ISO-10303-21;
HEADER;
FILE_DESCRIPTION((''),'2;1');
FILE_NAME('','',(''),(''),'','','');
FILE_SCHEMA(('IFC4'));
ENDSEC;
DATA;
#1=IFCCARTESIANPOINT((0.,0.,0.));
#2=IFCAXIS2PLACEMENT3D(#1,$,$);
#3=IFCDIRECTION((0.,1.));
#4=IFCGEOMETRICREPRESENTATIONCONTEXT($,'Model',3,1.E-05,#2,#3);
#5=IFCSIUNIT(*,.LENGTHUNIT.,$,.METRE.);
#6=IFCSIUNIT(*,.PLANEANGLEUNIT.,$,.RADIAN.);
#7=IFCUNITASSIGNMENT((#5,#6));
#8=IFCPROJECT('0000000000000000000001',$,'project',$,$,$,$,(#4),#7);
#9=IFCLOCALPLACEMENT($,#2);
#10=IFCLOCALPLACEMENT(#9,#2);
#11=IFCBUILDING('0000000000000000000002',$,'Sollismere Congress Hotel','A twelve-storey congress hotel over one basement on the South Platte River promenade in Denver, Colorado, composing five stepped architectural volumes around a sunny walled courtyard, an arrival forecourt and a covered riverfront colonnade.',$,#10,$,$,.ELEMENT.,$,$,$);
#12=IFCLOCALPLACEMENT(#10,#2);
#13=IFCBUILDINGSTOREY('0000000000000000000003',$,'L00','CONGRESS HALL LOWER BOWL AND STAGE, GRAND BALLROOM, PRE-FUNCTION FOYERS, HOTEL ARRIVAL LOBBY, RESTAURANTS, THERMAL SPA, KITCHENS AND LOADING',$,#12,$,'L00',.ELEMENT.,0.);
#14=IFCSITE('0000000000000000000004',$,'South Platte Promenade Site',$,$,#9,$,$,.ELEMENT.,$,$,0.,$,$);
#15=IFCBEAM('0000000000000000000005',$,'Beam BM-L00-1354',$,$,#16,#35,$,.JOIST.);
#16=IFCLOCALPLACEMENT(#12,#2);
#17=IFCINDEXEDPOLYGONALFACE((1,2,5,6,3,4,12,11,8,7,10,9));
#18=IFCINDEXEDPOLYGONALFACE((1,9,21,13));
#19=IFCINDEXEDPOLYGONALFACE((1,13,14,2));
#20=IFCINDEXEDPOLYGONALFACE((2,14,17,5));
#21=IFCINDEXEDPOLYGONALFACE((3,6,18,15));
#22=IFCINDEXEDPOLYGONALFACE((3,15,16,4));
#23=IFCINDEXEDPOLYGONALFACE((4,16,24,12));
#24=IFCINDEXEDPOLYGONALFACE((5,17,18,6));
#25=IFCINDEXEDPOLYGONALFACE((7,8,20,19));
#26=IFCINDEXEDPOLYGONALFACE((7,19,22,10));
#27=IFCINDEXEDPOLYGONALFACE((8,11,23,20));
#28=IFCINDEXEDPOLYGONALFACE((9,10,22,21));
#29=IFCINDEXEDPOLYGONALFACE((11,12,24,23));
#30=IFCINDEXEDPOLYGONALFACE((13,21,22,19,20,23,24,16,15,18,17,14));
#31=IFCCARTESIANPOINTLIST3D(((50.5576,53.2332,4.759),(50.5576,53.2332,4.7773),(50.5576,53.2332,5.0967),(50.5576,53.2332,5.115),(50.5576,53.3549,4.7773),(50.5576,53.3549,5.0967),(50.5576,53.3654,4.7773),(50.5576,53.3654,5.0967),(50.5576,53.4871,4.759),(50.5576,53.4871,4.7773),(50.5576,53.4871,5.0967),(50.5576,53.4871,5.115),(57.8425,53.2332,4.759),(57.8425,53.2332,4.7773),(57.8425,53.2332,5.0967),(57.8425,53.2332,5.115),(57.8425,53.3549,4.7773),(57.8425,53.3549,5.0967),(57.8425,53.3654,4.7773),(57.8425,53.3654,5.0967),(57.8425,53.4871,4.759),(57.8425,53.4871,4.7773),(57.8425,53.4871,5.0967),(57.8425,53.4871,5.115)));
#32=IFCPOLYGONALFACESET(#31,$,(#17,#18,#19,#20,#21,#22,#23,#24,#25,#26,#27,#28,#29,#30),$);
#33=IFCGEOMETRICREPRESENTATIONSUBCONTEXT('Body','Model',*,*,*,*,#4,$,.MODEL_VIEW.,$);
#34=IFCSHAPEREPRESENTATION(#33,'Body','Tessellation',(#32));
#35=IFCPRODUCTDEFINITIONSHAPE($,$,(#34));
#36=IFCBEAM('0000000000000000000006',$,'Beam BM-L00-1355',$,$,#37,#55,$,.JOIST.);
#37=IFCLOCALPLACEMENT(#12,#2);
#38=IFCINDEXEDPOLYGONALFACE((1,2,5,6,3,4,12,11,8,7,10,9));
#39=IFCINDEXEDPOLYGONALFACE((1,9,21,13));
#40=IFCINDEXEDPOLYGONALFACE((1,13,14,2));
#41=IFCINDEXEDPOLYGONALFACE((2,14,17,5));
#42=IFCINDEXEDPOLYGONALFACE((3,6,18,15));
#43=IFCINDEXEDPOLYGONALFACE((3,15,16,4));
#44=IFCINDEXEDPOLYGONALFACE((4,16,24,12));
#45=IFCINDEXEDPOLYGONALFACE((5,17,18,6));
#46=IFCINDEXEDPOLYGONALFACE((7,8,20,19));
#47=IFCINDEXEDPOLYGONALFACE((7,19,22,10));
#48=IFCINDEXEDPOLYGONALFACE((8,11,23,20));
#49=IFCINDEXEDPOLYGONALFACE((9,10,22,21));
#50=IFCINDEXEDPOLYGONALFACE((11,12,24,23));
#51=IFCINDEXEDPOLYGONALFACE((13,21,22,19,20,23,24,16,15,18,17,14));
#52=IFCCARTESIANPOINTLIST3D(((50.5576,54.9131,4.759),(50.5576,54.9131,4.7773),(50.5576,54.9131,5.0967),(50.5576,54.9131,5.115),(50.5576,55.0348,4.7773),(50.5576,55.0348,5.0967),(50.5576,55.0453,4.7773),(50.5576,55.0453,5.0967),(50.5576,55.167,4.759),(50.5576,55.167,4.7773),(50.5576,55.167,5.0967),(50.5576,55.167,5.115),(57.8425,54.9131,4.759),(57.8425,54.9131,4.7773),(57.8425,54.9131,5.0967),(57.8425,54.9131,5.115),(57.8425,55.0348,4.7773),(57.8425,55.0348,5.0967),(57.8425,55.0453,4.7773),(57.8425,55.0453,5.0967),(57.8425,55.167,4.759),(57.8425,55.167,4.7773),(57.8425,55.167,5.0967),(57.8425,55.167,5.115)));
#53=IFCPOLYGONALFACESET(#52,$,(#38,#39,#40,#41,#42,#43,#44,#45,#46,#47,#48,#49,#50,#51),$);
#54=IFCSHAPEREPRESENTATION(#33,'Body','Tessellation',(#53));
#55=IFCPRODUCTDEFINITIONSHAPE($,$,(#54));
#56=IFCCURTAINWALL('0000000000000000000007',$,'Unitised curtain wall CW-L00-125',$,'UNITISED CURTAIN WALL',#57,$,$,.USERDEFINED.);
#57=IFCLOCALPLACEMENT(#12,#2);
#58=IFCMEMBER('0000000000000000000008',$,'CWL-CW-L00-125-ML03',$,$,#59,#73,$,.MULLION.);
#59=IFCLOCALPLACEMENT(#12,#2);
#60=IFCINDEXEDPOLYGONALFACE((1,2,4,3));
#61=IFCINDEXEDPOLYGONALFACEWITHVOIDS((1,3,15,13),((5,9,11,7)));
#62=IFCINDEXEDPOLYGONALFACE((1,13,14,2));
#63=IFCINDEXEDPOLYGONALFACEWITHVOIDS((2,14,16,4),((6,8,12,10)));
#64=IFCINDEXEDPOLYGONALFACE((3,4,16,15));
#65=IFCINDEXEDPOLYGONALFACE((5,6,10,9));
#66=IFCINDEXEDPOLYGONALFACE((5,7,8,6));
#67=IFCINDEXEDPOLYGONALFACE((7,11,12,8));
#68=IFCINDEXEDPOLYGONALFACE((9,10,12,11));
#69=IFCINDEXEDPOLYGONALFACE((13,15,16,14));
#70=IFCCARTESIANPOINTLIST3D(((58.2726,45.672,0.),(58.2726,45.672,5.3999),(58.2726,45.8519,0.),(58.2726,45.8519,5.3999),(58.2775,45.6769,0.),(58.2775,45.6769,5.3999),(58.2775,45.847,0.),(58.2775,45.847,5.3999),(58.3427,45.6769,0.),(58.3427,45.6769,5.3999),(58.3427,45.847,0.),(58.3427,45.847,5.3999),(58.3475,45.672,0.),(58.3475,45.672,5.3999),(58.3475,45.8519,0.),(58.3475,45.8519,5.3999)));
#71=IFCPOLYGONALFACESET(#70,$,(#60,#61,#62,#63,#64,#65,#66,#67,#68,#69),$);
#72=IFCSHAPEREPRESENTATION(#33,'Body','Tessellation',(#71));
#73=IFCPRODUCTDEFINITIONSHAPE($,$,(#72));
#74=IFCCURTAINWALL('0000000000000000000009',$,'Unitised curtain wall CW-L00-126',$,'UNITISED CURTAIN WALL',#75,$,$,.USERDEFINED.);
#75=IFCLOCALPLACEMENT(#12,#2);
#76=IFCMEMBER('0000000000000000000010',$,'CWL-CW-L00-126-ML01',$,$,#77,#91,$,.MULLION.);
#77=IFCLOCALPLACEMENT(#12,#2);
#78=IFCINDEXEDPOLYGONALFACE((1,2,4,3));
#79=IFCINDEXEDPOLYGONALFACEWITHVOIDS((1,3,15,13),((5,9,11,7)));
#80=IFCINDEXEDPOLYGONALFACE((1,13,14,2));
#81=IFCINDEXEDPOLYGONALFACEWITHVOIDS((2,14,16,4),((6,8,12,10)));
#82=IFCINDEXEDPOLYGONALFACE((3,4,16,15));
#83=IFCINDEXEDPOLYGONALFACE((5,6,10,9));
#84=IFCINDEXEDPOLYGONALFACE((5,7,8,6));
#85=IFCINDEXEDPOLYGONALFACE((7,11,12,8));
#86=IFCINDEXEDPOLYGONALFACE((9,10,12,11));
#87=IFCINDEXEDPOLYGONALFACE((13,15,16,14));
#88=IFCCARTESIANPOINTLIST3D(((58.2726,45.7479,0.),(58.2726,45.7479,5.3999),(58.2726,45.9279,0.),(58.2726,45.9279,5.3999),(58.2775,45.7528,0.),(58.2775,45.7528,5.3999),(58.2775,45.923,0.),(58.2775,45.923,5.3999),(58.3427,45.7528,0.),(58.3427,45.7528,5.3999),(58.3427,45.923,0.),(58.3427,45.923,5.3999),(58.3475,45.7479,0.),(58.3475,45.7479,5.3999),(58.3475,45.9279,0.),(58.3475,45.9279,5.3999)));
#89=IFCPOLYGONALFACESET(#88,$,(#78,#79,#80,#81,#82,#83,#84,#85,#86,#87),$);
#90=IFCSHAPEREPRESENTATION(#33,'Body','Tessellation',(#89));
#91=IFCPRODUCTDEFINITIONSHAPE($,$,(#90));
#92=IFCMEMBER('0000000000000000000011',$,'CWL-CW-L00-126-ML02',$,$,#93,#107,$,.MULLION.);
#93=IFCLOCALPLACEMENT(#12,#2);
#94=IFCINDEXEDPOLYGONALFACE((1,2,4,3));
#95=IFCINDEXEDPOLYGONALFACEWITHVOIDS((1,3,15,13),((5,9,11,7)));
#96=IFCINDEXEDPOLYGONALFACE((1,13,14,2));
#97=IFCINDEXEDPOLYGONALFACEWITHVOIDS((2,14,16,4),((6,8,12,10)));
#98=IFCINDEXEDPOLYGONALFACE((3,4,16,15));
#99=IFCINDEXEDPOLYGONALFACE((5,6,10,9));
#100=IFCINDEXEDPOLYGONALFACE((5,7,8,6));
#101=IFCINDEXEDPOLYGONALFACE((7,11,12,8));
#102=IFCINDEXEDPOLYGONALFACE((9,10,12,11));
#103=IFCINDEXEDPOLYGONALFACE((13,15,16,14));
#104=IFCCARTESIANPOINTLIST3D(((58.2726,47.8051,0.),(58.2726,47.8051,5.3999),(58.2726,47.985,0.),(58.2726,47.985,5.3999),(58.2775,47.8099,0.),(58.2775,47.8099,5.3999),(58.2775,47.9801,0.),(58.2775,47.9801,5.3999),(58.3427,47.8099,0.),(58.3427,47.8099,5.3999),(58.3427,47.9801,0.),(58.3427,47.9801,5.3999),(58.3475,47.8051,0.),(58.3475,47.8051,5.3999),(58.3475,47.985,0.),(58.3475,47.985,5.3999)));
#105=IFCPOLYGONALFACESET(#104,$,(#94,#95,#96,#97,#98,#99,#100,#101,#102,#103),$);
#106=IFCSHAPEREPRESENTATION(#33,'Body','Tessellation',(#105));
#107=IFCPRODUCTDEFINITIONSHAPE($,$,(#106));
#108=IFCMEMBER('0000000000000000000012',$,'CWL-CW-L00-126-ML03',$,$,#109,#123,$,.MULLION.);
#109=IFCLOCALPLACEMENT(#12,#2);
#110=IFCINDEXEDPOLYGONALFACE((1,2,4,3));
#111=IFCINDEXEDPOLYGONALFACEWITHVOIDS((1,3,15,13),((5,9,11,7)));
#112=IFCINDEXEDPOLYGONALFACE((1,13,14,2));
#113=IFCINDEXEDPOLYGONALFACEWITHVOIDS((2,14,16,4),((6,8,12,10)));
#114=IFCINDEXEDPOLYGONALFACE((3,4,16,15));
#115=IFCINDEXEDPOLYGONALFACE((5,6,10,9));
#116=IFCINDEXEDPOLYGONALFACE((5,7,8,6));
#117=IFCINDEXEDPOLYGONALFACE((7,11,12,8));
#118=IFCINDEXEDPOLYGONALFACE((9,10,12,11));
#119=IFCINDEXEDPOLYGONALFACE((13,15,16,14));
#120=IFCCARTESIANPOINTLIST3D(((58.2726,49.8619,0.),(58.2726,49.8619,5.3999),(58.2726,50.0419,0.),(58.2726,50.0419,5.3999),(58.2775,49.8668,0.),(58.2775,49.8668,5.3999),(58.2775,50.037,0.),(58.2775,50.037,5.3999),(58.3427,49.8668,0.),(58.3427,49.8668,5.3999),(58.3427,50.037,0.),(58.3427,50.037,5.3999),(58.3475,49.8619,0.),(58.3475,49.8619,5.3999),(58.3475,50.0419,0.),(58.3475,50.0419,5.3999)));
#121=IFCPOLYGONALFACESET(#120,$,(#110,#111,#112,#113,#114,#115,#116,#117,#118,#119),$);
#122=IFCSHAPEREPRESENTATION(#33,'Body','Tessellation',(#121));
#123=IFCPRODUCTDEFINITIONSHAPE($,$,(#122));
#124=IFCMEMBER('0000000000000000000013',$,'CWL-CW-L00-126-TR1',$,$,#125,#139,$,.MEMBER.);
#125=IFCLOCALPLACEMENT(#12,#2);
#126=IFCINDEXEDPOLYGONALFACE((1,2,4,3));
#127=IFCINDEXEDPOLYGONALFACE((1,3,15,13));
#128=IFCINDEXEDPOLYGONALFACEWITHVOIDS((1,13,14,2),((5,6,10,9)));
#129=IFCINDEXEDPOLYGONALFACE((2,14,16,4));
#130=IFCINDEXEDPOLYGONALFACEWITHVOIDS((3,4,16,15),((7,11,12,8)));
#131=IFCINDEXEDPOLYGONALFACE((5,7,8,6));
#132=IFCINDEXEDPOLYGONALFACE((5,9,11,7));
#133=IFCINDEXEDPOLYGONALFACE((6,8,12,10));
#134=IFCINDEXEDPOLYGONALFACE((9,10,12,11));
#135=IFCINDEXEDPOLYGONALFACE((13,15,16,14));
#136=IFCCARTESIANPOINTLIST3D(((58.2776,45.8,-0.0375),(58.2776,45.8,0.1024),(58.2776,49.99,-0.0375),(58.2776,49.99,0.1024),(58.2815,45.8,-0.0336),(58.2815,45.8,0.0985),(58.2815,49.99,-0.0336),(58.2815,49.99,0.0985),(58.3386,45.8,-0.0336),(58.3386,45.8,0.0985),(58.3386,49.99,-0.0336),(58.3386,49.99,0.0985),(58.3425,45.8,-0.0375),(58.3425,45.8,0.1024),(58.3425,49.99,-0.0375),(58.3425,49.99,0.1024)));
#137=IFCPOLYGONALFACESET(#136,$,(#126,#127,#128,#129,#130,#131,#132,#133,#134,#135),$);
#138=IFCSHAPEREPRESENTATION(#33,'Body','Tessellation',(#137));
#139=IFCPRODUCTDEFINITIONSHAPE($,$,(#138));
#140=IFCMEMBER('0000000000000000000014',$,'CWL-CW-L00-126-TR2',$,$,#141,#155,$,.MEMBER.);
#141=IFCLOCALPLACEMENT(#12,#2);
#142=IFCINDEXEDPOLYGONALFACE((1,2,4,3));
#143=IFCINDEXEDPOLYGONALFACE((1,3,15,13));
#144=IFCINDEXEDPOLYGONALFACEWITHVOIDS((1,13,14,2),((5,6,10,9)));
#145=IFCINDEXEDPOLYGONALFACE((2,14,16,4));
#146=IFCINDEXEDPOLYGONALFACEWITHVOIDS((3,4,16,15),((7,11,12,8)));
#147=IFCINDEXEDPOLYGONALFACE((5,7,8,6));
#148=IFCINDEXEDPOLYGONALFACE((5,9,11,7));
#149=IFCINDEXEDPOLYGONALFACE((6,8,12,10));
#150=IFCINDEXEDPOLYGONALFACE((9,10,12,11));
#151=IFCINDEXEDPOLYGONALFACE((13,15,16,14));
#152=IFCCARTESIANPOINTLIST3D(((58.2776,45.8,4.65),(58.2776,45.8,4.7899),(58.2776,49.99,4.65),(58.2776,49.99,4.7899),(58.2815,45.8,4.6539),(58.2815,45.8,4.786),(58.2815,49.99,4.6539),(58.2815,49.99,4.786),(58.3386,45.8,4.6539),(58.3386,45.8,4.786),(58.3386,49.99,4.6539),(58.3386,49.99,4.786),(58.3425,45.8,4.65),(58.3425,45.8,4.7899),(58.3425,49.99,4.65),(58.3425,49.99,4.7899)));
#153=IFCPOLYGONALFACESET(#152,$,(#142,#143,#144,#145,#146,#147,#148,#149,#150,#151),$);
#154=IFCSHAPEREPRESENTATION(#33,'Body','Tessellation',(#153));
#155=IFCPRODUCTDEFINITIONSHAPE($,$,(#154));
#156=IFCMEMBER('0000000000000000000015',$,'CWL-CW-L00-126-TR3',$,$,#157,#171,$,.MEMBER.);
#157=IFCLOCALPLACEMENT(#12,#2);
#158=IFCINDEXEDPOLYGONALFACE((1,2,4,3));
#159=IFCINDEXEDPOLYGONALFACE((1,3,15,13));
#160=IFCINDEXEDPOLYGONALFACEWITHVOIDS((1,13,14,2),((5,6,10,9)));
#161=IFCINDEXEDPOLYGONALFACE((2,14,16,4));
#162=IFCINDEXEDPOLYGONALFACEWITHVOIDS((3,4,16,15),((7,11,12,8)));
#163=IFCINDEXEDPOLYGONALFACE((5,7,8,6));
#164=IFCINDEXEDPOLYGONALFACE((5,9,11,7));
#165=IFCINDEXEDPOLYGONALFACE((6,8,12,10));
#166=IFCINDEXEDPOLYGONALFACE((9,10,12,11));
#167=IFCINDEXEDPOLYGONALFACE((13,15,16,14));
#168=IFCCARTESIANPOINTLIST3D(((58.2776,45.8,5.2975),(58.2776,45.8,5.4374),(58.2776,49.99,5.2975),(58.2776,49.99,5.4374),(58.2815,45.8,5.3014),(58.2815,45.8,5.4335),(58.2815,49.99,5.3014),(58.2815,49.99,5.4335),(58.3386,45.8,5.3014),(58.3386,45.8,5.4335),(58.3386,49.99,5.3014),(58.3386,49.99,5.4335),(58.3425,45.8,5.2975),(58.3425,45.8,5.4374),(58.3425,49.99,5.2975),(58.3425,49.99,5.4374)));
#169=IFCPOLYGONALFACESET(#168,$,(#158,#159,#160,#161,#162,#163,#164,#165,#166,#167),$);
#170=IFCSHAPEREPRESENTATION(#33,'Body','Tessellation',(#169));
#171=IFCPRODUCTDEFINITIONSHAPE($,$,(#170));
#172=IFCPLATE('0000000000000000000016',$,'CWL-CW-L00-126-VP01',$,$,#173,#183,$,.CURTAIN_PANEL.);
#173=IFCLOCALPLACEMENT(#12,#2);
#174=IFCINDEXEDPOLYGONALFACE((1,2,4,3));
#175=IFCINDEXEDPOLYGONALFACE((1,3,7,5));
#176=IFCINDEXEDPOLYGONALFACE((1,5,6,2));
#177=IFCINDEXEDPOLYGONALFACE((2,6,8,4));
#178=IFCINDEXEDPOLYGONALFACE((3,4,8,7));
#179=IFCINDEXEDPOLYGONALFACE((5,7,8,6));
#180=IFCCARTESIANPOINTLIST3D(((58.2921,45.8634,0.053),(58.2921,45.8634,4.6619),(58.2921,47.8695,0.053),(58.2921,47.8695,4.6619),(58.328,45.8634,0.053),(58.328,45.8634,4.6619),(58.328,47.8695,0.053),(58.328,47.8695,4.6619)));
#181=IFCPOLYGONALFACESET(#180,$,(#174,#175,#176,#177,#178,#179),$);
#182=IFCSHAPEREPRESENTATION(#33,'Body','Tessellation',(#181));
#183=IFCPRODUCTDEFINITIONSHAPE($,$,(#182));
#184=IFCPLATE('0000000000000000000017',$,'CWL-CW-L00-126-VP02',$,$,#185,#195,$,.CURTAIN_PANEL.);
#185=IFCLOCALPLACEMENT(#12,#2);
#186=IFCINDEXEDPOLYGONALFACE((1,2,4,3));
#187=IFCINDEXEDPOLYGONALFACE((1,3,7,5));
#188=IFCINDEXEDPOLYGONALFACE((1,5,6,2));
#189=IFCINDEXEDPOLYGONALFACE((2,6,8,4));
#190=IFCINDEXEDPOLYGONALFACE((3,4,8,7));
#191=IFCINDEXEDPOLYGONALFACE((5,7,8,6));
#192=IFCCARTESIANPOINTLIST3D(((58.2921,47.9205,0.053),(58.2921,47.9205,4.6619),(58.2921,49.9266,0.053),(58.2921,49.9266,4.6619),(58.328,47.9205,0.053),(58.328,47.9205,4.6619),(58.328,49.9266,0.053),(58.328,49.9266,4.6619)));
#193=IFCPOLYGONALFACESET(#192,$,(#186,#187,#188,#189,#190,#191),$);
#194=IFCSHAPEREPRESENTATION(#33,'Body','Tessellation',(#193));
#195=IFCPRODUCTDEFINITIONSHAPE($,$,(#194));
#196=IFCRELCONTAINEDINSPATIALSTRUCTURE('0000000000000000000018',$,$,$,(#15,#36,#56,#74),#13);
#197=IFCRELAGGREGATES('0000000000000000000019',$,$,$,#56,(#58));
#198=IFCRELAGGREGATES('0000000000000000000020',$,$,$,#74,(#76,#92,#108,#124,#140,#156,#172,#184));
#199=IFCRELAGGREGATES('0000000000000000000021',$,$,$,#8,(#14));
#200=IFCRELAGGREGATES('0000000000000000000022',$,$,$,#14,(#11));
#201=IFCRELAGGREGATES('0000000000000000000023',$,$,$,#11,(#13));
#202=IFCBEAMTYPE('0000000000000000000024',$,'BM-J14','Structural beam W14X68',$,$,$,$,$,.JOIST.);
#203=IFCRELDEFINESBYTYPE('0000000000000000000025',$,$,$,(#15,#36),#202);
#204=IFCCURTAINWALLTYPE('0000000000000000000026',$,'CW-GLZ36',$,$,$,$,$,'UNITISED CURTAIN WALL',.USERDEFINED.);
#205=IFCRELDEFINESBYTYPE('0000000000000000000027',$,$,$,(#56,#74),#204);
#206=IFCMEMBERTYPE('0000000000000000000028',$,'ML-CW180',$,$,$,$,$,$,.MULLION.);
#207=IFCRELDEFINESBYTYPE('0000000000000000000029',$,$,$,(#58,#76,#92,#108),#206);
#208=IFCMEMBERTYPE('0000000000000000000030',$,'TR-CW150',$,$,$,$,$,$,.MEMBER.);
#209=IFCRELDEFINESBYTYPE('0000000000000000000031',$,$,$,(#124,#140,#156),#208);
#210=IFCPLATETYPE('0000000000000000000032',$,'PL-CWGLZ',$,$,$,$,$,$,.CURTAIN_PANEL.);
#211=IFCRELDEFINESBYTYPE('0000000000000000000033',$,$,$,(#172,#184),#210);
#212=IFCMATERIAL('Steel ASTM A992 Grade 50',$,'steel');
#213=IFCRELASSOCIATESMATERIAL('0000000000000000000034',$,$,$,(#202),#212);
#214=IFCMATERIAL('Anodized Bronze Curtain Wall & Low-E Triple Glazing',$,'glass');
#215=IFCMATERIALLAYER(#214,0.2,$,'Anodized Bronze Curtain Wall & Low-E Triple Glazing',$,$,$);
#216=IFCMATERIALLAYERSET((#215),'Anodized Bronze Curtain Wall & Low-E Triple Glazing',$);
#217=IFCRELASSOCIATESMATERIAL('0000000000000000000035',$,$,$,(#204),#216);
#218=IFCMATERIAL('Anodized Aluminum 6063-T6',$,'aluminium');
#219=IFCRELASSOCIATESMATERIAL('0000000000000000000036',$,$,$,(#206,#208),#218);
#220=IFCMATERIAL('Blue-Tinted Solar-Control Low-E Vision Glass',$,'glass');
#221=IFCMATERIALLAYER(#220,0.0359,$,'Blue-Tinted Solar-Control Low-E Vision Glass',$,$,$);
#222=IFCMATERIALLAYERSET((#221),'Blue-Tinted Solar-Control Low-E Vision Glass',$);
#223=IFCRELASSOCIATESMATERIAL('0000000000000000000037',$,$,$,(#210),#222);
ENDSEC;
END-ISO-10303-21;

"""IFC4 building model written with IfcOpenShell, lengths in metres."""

from ifc_helpers import new_model, si_unit, direction, frame, origin, origin_2d, place, context, subcontext, project, spatial, rectangle, hollow_rectangle, i_section, extrude, material, layer, layer_set, material_profile, profile_set, type_object, element, aggregate, save


model = new_model("IFC4")

# Units and contexts
model_context = context("Model", 3, precision=1e-05, world=origin(), true_north=direction((0.0, 1.0)))
body_context = subcontext(model_context, "Body", "Model", "MODEL_VIEW")
ifc_project = project(units=[si_unit("LENGTHUNIT", "METRE"), si_unit("PLANEANGLEUNIT", "RADIAN")], contexts=[model_context])

# Site, building, storey
site_placement = place(None, origin())
site = spatial("IfcSite", under=ifc_project, at=site_placement, Name="South Platte Promenade Site", CompositionType="ELEMENT", RefElevation=0.0)
building_placement = place(site_placement, origin())
building = spatial("IfcBuilding", under=site, at=building_placement, Name="Sollismere Congress Hotel", Description="A twelve-storey congress hotel over one basement on the South Platte River promenade in Denver, Colorado, composing five stepped architectural volumes around a sunny walled courtyard, an arrival forecourt and a covered riverfront colonnade.", CompositionType="ELEMENT")
storey_placement = place(building_placement, origin())
storey = spatial("IfcBuildingStorey", under=building, at=storey_placement, Name="L00", Description="CONGRESS HALL LOWER BOWL AND STAGE, GRAND BALLROOM, PRE-FUNCTION FOYERS, HOTEL ARRIVAL LOBBY, RESTAURANTS, THERMAL SPA, KITCHENS AND LOADING", LongName="L00", CompositionType="ELEMENT", Elevation=0.0)

# Shared definitions
ifc_material_1 = material(Name="Steel ASTM A992 Grade 50", Category="steel")

# Beams
ifc_material_profile_1 = material_profile(ifc_material_1, i_section(OverallWidth=0.2539, OverallDepth=0.356, WebThickness=0.0105, FlangeThickness=0.0183, at=origin_2d()), Name="W14X68")
ifc_profile_set_1 = profile_set([ifc_material_profile_1], Name="Steel ASTM A992 Grade 50")
beam_type_1 = type_object("IfcBeamType", Name="BM-J14", Description="Structural beam W14X68", PredefinedType="JOIST", material=ifc_profile_set_1)
for number, where, z_axis, x_axis, name in (
    (1, (50.5576, 53.3601, 4.937), (1.0, 0.0, 0.0), (0.0, 1.0, 0.0), "Beam BM-L00-1354"),
    (2, (50.5576, 55.04, 4.937), (1.0, 0.0, 0.0), (0.0, 1.0, 0.0), "Beam BM-L00-1355"),
):
    element("IfcBeam", number, at=place(storey_placement, frame(where, z_axis=z_axis, x_axis=x_axis)), inside=storey, type_object=beam_type_1, Name=name, PredefinedType="JOIST", context=body_context, shape_type="SweptSolid", body=[
        extrude(i_section(OverallWidth=0.2539, OverallDepth=0.356, WebThickness=0.0105, FlangeThickness=0.0183, at=origin_2d()), origin(), (0.0, 0.0, 1.0), 7.2849),
    ])

# Curtain wall, member
ifc_material_2 = material(Name="Anodized Bronze Curtain Wall & Low-E Triple Glazing", Category="glass")
ifc_layer_1 = layer(ifc_material_2, 0.2, Name="Anodized Bronze Curtain Wall & Low-E Triple Glazing")
ifc_layer_set_1 = layer_set([ifc_layer_1], Name="Anodized Bronze Curtain Wall & Low-E Triple Glazing")
curtain_wall_type = type_object("IfcCurtainWallType", Name="CW-GLZ36", ElementType="UNITISED CURTAIN WALL", PredefinedType="USERDEFINED", material=ifc_layer_set_1)
curtain_wall_1_placement = place(storey_placement, origin())
curtain_wall_1 = element("IfcCurtainWall", 3, at=curtain_wall_1_placement, inside=storey, type_object=curtain_wall_type, Name="Unitised curtain wall CW-L00-125", ObjectType="UNITISED CURTAIN WALL", PredefinedType="USERDEFINED")
ifc_material_3 = material(Name="Anodized Aluminum 6063-T6", Category="aluminium")
ifc_material_profile_2 = material_profile(ifc_material_3, hollow_rectangle(XDim=0.075, YDim=0.1799, WallThickness=0.0049, at=origin_2d()), Name="ALU180X75X5")
ifc_profile_set_2 = profile_set([ifc_material_profile_2], Name="Anodized Aluminum 6063-T6")
member_type_1 = type_object("IfcMemberType", Name="ML-CW180", PredefinedType="MULLION", material=ifc_profile_set_2)
member_1_placement = place(storey_placement, frame((58.3101, 45.762, 0.0), z_axis=(0.0, 0.0, 1.0), x_axis=(-1.0, 0.0, 0.0)))
member_1 = element("IfcMember", 4, at=member_1_placement, type_object=member_type_1, Name="CWL-CW-L00-125-ML03", PredefinedType="MULLION", context=body_context, shape_type="SweptSolid", body=[
    extrude(hollow_rectangle(XDim=0.075, YDim=0.1799, WallThickness=0.0049, at=origin_2d()), origin(), (0.0, 0.0, 1.0), 5.3999),
])
aggregate(curtain_wall_1, [member_1])

# Curtain wall, members, plates
curtain_wall_2_placement = place(storey_placement, origin())
curtain_wall_2 = element("IfcCurtainWall", 5, at=curtain_wall_2_placement, inside=storey, type_object=curtain_wall_type, Name="Unitised curtain wall CW-L00-126", ObjectType="UNITISED CURTAIN WALL", PredefinedType="USERDEFINED")
member_2_placement = place(storey_placement, frame((58.3101, 45.8379, 0.0), z_axis=(0.0, 0.0, 1.0), x_axis=(-1.0, 0.0, 0.0)))
member_2 = element("IfcMember", 6, at=member_2_placement, type_object=member_type_1, Name="CWL-CW-L00-126-ML01", PredefinedType="MULLION", context=body_context, shape_type="SweptSolid", body=[
    extrude(hollow_rectangle(XDim=0.075, YDim=0.1799, WallThickness=0.0049, at=origin_2d()), origin(), (0.0, 0.0, 1.0), 5.3999),
])
member_3_placement = place(storey_placement, frame((58.3101, 47.895, 0.0), z_axis=(0.0, 0.0, 1.0), x_axis=(-1.0, 0.0, 0.0)))
member_3 = element("IfcMember", 7, at=member_3_placement, type_object=member_type_1, Name="CWL-CW-L00-126-ML02", PredefinedType="MULLION", context=body_context, shape_type="SweptSolid", body=[
    extrude(hollow_rectangle(XDim=0.075, YDim=0.1799, WallThickness=0.0049, at=origin_2d()), origin(), (0.0, 0.0, 1.0), 5.3999),
])
member_4_placement = place(storey_placement, frame((58.3101, 49.9519, 0.0), z_axis=(0.0, 0.0, 1.0), x_axis=(-1.0, 0.0, 0.0)))
member_4 = element("IfcMember", 8, at=member_4_placement, type_object=member_type_1, Name="CWL-CW-L00-126-ML03", PredefinedType="MULLION", context=body_context, shape_type="SweptSolid", body=[
    extrude(hollow_rectangle(XDim=0.075, YDim=0.1799, WallThickness=0.0049, at=origin_2d()), origin(), (0.0, 0.0, 1.0), 5.3999),
])
ifc_material_profile_3 = material_profile(ifc_material_3, hollow_rectangle(XDim=0.0649, YDim=0.1399, WallThickness=0.0039, at=origin_2d()), Name="ALU140X65X4")
ifc_profile_set_3 = profile_set([ifc_material_profile_3], Name="Anodized Aluminum 6063-T6")
member_type_2 = type_object("IfcMemberType", Name="TR-CW150", PredefinedType="MEMBER", material=ifc_profile_set_3)
member_5_placement = place(storey_placement, frame((58.3101, 45.8, 0.0325), z_axis=(0.0, 1.0, 0.0), x_axis=(-1.0, 0.0, 0.0)))
member_5 = element("IfcMember", 9, at=member_5_placement, type_object=member_type_2, Name="CWL-CW-L00-126-TR1", PredefinedType="MEMBER", context=body_context, shape_type="SweptSolid", body=[
    extrude(hollow_rectangle(XDim=0.0649, YDim=0.1399, WallThickness=0.0039, at=origin_2d()), origin(), (0.0, 0.0, 1.0), 4.1899),
])
member_6_placement = place(storey_placement, frame((58.3101, 45.8, 4.72), z_axis=(0.0, 1.0, 0.0), x_axis=(-1.0, 0.0, 0.0)))
member_6 = element("IfcMember", 10, at=member_6_placement, type_object=member_type_2, Name="CWL-CW-L00-126-TR2", PredefinedType="MEMBER", context=body_context, shape_type="SweptSolid", body=[
    extrude(hollow_rectangle(XDim=0.0649, YDim=0.1399, WallThickness=0.0039, at=origin_2d()), origin(), (0.0, 0.0, 1.0), 4.1899),
])
member_7_placement = place(storey_placement, frame((58.3101, 45.8, 5.3674), z_axis=(0.0, 1.0, 0.0), x_axis=(-1.0, 0.0, 0.0)))
member_7 = element("IfcMember", 11, at=member_7_placement, type_object=member_type_2, Name="CWL-CW-L00-126-TR3", PredefinedType="MEMBER", context=body_context, shape_type="SweptSolid", body=[
    extrude(hollow_rectangle(XDim=0.0649, YDim=0.1399, WallThickness=0.0039, at=origin_2d()), origin(), (0.0, 0.0, 1.0), 4.1899),
])
ifc_material_4 = material(Name="Blue-Tinted Solar-Control Low-E Vision Glass", Category="glass")
ifc_layer_2 = layer(ifc_material_4, 0.0359, Name="Blue-Tinted Solar-Control Low-E Vision Glass")
ifc_layer_set_2 = layer_set([ifc_layer_2], Name="Blue-Tinted Solar-Control Low-E Vision Glass")
plate_type_1 = type_object("IfcPlateType", Name="PL-CWGLZ", PredefinedType="CURTAIN_PANEL", material=ifc_layer_set_2)
plate_1_placement = place(storey_placement, frame((58.3101, 46.8665, 0.053), z_axis=(0.0, 0.0, 1.0), x_axis=(0.0, 1.0, 0.0)))
plate_1 = element("IfcPlate", 12, at=plate_1_placement, type_object=plate_type_1, Name="CWL-CW-L00-126-VP01", PredefinedType="CURTAIN_PANEL", context=body_context, shape_type="SweptSolid", body=[
    extrude(rectangle(XDim=2.0061, YDim=0.0359, at=origin_2d()), origin(), (0.0, 0.0, 1.0), 4.6089),
])
plate_2_placement = place(storey_placement, frame((58.3101, 48.9236, 0.053), z_axis=(0.0, 0.0, 1.0), x_axis=(0.0, 1.0, 0.0)))
plate_2 = element("IfcPlate", 13, at=plate_2_placement, type_object=plate_type_1, Name="CWL-CW-L00-126-VP02", PredefinedType="CURTAIN_PANEL", context=body_context, shape_type="SweptSolid", body=[
    extrude(rectangle(XDim=2.0061, YDim=0.0359, at=origin_2d()), origin(), (0.0, 0.0, 1.0), 4.6089),
])
aggregate(curtain_wall_2, [member_2, member_3, member_4, member_5, member_6, member_7, plate_1, plate_2])

save(model, "model.ifc")
